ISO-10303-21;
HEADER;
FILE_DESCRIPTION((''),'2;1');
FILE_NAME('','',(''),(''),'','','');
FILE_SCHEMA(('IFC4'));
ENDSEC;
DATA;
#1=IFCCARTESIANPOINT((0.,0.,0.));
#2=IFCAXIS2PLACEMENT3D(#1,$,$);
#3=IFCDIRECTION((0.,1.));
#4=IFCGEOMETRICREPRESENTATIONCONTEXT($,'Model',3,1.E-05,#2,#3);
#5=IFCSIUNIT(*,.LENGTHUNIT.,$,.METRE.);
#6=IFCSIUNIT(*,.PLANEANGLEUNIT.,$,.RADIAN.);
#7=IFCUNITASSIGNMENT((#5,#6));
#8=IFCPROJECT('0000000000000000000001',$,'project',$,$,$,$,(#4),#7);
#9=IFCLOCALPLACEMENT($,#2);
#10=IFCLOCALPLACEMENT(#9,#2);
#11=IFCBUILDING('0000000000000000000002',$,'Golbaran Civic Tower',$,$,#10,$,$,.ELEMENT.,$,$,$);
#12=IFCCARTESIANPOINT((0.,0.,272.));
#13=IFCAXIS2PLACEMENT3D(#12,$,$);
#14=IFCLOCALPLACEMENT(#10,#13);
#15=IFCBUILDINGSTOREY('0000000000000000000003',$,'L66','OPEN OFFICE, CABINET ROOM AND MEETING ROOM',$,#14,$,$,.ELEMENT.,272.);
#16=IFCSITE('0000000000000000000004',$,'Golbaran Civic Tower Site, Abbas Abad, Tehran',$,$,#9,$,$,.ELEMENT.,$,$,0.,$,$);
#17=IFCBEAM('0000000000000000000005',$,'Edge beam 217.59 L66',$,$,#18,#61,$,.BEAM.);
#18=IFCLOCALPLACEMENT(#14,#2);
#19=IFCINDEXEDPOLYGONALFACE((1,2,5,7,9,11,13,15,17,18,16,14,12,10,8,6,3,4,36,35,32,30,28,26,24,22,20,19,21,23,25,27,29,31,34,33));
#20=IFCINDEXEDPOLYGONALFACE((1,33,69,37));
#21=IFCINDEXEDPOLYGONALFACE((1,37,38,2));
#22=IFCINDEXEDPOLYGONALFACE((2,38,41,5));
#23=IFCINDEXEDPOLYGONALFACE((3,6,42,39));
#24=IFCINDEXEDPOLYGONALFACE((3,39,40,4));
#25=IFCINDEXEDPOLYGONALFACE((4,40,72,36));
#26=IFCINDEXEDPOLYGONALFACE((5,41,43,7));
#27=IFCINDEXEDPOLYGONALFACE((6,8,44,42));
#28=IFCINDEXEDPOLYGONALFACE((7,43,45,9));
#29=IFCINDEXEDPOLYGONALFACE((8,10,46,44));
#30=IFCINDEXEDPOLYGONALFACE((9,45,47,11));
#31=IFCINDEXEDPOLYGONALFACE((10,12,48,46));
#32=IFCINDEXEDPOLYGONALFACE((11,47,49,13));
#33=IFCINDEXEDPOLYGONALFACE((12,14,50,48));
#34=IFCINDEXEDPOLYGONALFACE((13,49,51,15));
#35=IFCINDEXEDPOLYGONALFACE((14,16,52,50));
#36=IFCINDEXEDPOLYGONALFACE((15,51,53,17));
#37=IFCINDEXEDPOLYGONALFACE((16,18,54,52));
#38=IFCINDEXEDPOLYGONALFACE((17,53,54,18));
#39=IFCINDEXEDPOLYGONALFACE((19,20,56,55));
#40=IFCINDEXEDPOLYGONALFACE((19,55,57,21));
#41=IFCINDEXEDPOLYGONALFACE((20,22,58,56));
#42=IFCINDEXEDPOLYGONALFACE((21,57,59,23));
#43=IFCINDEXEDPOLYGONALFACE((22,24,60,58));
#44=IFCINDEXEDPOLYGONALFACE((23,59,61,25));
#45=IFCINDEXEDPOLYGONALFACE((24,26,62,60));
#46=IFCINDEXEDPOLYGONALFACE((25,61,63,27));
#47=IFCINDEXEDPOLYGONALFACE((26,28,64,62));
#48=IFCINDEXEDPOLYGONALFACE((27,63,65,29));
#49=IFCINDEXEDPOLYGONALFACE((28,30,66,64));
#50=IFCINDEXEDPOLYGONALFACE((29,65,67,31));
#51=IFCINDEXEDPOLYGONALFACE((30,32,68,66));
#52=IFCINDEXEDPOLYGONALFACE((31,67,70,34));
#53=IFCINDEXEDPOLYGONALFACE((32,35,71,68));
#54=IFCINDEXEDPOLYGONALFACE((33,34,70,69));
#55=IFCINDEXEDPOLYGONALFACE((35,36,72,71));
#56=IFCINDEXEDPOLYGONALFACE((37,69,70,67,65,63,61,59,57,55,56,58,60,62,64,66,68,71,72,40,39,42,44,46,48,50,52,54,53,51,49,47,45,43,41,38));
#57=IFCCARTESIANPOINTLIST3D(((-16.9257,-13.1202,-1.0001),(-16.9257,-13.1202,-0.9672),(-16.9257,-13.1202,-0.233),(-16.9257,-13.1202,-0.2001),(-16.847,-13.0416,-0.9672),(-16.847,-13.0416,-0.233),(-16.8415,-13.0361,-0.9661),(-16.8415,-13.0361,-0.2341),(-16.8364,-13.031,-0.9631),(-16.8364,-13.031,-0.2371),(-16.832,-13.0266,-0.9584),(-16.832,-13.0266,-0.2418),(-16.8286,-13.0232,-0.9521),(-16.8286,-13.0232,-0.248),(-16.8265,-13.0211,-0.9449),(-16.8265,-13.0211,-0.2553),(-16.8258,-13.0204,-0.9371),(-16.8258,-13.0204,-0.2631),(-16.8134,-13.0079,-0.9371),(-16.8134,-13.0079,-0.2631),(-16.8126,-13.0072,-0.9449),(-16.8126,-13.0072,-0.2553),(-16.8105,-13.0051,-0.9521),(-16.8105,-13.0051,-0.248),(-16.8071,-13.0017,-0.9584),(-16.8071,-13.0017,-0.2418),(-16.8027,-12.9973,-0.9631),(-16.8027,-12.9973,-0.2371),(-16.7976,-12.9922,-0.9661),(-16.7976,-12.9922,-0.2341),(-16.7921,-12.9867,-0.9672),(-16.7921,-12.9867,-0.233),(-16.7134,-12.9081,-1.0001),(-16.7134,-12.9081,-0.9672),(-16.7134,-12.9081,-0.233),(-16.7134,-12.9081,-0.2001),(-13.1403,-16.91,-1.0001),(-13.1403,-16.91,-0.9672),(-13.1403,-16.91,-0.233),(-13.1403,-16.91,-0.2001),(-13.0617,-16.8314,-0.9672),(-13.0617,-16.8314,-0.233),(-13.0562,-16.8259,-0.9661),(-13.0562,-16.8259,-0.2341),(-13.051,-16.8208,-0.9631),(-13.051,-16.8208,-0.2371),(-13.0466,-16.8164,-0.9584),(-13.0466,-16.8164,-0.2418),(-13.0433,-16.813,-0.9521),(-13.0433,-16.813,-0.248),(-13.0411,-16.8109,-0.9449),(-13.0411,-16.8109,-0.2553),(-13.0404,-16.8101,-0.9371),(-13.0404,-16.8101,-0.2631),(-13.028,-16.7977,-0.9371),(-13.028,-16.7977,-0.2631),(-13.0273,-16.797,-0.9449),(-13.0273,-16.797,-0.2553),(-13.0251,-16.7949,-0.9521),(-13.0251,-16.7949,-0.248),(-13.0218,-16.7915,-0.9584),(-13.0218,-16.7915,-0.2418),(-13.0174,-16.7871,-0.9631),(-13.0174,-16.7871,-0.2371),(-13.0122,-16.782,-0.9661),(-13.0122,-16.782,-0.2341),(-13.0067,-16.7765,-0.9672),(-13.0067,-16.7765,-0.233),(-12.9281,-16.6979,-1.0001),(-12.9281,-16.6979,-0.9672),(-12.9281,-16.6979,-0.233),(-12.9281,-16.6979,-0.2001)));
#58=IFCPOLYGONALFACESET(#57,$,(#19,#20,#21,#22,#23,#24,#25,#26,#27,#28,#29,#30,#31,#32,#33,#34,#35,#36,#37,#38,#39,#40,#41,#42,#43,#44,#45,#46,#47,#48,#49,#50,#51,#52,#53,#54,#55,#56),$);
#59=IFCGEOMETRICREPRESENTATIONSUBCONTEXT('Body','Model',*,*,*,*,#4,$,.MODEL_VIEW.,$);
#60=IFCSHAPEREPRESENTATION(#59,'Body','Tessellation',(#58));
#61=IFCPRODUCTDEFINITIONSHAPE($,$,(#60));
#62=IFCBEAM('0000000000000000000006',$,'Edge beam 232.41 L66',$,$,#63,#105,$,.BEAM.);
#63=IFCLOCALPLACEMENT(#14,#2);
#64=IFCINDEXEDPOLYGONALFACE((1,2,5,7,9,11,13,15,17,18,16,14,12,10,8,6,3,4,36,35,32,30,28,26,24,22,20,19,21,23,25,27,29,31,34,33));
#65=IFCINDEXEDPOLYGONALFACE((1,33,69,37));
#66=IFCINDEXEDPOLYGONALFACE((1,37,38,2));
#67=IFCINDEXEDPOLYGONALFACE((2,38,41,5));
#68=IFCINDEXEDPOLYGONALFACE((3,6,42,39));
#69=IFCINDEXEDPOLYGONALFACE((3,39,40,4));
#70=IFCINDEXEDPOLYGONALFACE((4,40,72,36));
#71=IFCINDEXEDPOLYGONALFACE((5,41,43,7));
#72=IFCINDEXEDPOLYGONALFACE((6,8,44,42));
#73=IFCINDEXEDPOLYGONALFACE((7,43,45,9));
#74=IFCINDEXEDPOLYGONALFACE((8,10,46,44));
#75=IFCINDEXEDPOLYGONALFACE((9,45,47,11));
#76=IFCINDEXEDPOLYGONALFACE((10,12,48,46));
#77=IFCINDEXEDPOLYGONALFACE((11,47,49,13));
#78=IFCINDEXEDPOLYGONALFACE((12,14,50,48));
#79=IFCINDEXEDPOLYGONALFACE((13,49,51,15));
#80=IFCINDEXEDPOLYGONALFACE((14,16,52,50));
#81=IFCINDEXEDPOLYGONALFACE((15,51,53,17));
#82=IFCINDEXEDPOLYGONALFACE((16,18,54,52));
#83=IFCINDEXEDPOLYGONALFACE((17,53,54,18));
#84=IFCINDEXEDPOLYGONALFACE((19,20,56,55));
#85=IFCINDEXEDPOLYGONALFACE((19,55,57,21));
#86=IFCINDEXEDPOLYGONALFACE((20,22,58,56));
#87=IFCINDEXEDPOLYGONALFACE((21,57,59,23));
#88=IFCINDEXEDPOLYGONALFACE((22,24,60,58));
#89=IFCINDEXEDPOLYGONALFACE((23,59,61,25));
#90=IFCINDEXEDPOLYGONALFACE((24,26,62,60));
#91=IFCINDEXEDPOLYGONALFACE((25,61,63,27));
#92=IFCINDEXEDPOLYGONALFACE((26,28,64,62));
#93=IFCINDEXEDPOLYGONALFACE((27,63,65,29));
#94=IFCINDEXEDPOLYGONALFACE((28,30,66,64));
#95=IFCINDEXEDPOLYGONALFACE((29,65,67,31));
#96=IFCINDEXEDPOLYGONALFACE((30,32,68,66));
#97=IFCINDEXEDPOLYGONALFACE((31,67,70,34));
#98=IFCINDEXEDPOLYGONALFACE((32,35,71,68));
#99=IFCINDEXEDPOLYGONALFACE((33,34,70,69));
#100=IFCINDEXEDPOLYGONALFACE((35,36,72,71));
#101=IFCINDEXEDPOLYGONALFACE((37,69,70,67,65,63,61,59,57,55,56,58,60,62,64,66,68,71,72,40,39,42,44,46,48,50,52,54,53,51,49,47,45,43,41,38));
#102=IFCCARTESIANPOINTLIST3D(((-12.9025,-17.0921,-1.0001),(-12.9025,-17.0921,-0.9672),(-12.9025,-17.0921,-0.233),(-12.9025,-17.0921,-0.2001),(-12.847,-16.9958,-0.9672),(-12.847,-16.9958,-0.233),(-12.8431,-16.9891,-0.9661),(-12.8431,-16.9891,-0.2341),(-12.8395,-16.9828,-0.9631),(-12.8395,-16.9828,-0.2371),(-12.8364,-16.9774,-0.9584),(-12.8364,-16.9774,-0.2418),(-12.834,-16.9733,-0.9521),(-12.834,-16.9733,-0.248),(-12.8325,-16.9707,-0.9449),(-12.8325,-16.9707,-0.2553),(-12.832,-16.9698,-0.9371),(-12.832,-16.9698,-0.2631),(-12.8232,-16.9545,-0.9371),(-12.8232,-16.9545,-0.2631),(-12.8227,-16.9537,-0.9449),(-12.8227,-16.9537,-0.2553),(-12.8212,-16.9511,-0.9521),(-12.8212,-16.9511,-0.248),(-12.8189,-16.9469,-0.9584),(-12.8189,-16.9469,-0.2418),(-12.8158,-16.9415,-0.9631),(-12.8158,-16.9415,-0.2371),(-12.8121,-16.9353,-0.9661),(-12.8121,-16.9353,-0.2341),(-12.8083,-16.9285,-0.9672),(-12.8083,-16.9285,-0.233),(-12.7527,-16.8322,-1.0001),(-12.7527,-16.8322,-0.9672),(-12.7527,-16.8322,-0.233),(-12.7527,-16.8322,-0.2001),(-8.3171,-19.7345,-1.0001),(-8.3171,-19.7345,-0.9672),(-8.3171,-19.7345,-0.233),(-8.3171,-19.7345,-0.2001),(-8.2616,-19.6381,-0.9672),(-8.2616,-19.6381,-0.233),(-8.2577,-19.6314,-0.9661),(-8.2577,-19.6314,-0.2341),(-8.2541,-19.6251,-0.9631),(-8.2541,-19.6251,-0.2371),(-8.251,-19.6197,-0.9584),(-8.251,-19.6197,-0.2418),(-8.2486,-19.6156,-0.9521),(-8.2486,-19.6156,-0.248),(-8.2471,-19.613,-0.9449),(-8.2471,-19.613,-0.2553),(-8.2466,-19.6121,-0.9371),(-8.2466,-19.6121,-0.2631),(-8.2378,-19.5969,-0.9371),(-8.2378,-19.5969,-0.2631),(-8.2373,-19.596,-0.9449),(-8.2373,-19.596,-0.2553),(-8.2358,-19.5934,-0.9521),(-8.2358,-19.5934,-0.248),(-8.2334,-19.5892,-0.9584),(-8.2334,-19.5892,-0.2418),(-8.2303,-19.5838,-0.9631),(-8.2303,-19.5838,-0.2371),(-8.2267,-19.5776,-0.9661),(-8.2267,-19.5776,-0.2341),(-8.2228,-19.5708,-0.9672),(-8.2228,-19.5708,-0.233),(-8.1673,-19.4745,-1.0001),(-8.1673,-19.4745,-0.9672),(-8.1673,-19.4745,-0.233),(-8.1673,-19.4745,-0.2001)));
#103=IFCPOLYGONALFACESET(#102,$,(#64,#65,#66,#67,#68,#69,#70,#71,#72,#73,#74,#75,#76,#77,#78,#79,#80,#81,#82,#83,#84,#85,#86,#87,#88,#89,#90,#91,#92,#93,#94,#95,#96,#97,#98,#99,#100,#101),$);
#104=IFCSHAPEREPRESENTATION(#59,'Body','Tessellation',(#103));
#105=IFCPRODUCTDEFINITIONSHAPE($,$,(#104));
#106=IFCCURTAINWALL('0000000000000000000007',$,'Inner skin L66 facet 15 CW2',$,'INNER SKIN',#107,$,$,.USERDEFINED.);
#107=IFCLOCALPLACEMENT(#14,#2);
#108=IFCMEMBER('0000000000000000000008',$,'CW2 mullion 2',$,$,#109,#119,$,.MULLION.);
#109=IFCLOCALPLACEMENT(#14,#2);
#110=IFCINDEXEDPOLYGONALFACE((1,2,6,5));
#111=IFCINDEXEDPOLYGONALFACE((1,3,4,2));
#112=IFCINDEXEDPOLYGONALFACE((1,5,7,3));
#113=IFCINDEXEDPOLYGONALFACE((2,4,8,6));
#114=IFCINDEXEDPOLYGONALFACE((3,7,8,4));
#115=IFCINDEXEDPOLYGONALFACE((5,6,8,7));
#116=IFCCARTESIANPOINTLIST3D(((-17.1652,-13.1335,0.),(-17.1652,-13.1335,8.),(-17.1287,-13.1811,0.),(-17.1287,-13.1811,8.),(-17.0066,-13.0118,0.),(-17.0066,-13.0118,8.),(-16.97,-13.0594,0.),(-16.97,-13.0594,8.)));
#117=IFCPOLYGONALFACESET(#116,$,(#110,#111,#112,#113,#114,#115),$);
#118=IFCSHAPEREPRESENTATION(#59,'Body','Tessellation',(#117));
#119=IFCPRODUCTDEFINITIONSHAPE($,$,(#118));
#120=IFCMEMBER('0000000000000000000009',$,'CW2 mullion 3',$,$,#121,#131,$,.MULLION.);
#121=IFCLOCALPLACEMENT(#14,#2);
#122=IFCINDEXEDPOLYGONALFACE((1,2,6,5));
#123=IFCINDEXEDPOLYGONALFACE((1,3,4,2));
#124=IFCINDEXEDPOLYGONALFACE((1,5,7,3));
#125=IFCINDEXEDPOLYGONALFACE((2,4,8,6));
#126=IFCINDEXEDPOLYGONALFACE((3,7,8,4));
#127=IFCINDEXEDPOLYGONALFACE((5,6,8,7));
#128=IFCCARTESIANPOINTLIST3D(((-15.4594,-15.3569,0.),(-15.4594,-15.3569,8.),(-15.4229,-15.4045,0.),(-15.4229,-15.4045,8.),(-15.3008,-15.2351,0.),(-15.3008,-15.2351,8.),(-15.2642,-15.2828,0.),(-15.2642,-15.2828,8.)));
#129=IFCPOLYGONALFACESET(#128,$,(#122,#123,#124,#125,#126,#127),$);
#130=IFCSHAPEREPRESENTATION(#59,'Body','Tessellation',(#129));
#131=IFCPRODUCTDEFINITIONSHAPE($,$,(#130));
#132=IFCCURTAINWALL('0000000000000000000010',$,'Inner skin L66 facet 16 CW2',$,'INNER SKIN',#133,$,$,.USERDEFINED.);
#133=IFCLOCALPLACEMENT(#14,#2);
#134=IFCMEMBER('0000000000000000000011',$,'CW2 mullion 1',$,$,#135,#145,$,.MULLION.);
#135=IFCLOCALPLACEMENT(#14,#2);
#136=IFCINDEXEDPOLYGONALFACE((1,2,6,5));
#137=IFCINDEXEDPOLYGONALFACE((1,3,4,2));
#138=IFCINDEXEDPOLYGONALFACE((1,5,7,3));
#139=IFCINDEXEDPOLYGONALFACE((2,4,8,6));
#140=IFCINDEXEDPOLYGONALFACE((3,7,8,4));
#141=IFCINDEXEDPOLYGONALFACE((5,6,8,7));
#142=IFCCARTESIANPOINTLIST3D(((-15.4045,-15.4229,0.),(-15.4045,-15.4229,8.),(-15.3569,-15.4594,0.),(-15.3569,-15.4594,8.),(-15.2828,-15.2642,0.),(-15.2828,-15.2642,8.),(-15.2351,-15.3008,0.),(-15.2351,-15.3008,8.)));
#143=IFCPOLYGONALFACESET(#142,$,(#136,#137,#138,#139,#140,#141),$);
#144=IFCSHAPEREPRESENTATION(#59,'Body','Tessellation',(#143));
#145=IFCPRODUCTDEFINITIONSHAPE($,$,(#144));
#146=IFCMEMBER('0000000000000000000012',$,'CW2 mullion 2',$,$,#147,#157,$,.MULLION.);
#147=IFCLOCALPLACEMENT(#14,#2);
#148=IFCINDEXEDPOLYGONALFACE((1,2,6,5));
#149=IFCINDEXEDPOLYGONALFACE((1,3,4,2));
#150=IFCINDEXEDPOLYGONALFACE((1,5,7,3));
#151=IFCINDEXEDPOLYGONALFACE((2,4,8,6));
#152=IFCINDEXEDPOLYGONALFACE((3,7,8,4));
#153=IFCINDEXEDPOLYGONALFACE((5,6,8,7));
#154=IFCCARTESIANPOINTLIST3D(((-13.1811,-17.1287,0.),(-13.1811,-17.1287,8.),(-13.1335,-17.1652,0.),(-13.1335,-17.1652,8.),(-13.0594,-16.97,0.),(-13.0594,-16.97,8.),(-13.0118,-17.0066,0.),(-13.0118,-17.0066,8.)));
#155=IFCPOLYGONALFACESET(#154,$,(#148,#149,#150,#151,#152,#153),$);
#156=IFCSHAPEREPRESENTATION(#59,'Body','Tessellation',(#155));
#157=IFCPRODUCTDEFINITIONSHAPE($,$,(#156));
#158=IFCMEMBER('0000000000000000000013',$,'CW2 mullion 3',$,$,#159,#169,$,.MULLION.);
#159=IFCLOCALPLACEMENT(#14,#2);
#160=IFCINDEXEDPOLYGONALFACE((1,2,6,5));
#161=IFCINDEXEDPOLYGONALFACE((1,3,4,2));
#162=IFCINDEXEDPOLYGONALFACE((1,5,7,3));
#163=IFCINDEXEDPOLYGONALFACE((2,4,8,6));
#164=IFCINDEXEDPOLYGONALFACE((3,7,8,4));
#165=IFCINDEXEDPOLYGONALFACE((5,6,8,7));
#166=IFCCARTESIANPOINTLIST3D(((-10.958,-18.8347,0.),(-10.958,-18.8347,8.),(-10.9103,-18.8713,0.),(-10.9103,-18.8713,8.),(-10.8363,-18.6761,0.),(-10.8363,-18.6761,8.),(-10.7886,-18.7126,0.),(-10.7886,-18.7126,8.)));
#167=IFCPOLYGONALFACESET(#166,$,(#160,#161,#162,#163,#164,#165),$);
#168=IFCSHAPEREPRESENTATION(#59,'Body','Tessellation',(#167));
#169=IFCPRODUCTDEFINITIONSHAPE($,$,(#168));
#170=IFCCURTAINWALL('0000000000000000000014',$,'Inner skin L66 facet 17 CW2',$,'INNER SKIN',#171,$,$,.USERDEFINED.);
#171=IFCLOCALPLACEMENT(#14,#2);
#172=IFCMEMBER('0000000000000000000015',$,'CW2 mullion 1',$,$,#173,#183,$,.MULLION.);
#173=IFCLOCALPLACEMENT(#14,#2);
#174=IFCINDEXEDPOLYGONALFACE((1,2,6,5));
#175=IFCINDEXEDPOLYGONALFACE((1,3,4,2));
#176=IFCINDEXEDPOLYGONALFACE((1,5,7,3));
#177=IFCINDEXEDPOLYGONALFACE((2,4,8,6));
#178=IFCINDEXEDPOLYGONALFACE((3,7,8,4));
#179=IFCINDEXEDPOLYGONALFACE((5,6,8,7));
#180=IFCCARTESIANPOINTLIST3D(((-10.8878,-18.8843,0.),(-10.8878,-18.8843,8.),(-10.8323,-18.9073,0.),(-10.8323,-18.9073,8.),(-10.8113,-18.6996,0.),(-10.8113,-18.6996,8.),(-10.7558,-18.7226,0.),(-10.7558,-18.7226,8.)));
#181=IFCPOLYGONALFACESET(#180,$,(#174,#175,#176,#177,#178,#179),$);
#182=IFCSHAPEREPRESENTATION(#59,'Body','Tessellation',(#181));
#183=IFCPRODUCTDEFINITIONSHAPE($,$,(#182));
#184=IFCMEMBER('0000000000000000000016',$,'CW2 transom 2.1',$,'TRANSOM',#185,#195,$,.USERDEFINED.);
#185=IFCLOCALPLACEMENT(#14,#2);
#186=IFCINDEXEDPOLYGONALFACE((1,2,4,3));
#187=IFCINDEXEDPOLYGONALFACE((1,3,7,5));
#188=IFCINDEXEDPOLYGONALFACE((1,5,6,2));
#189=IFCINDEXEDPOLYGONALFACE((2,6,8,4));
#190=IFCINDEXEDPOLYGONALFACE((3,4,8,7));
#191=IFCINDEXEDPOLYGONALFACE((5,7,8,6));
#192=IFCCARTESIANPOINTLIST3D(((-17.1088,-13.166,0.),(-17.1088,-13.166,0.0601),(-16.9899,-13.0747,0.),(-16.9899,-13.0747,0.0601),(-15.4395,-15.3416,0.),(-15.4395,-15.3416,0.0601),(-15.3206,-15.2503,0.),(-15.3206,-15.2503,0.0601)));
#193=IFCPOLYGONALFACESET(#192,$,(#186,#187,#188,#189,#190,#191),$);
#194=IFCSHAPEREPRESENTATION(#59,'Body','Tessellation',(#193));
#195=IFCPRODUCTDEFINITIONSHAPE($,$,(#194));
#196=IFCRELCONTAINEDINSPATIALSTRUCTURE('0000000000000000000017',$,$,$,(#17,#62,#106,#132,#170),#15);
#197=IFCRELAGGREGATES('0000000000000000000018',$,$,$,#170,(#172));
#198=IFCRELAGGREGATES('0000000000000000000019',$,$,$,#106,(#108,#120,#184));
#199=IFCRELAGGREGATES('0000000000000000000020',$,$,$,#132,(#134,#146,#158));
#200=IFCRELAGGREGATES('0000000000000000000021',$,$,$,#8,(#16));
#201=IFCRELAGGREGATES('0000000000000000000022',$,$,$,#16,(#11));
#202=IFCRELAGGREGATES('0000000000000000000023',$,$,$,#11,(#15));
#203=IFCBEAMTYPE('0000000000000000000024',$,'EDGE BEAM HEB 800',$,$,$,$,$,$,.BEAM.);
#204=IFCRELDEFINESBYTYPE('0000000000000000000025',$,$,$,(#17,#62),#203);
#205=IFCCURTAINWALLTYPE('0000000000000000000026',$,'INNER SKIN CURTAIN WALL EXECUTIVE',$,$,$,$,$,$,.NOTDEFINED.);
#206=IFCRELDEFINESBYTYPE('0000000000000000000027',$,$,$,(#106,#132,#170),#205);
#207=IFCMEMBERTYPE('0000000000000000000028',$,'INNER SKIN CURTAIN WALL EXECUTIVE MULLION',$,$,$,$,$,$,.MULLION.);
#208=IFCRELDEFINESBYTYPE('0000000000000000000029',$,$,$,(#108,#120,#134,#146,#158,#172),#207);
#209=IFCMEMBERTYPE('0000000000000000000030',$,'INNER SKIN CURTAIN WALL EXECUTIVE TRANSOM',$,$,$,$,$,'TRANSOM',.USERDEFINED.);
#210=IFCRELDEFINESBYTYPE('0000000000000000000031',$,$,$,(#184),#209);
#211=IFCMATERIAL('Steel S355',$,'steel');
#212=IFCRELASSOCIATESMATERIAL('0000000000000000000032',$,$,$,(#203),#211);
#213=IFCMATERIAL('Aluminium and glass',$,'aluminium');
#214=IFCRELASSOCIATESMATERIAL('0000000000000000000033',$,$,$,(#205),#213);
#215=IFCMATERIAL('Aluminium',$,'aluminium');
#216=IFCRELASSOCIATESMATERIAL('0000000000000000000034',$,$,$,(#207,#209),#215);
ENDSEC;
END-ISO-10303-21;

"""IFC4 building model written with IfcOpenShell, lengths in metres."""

from ifc_helpers import new_model, si_unit, direction, frame, origin, origin_2d, place, context, subcontext, project, spatial, rectangle, i_section, extrude, material, material_profile, profile_set, type_object, element, aggregate, save


model = new_model("IFC4")

# Units and contexts
model_context = context("Model", 3, precision=1e-05, world=origin(), true_north=direction((0.0, 1.0)))
body_context = subcontext(model_context, "Body", "Model", "MODEL_VIEW")
ifc_project = project(units=[si_unit("LENGTHUNIT", "METRE"), si_unit("PLANEANGLEUNIT", "RADIAN")], contexts=[model_context])

# Site, building, storey
site_placement = place(None, origin())
site = spatial("IfcSite", under=ifc_project, at=site_placement, Name="Golbaran Civic Tower Site, Abbas Abad, Tehran", CompositionType="ELEMENT", RefElevation=0.0)
building_placement = place(site_placement, origin())
building = spatial("IfcBuilding", under=site, at=building_placement, Name="Golbaran Civic Tower", CompositionType="ELEMENT")
storey_placement = place(building_placement, frame((0.0, 0.0, 272.0)))
storey = spatial("IfcBuildingStorey", under=building, at=storey_placement, Name="L66", Description="OPEN OFFICE, CABINET ROOM AND MEETING ROOM", CompositionType="ELEMENT", Elevation=272.0)

# Beams
ifc_material_1 = material(Name="Steel S355", Category="steel")
ifc_material_profile_1 = material_profile(ifc_material_1, i_section(OverallWidth=0.3, OverallDepth=0.8, WebThickness=0.0176, FlangeThickness=0.033, FilletRadius=0.03, at=origin_2d()), Name="HEB 800")
ifc_profile_set_1 = profile_set([ifc_material_profile_1], Name="Steel S355")
beam_type = type_object("IfcBeamType", Name="EDGE BEAM HEB 800", PredefinedType="BEAM", material=ifc_profile_set_1)
beam_1_placement = place(storey_placement, frame((-16.8196, -13.0142, -0.6001), z_axis=(0.706696, -0.707517, 0.0), x_axis=(0.707517, 0.706696, 0.0)))
element("IfcBeam", 1, at=beam_1_placement, inside=storey, type_object=beam_type, Name="Edge beam 217.59 L66", PredefinedType="BEAM", context=body_context, shape_type="SweptSolid", body=[
    extrude(i_section(OverallWidth=0.3, OverallDepth=0.8, WebThickness=0.0176, FlangeThickness=0.033, FilletRadius=0.03, at=origin_2d()), origin(), (0.0, 0.0, 1.0), 5.3564),
])
beam_2_placement = place(storey_placement, frame((-12.8276, -16.9622, -0.6001), z_axis=(0.86644, -0.49928, 0.0), x_axis=(0.49928, 0.86644, 0.0)))
element("IfcBeam", 2, at=beam_2_placement, inside=storey, type_object=beam_type, Name="Edge beam 232.41 L66", PredefinedType="BEAM", context=body_context, shape_type="SweptSolid", body=[
    extrude(i_section(OverallWidth=0.3, OverallDepth=0.8, WebThickness=0.0176, FlangeThickness=0.033, FilletRadius=0.03, at=origin_2d()), origin(), (0.0, 0.0, 1.0), 5.2922),
])

# Curtain walls, members
ifc_material_2 = material(Name="Aluminium and glass", Category="aluminium")
curtain_wall_type = type_object("IfcCurtainWallType", Name="INNER SKIN CURTAIN WALL EXECUTIVE", PredefinedType="NOTDEFINED", material=ifc_material_2)
curtain_wall_1_placement = place(storey_placement, origin())
curtain_wall_1 = element("IfcCurtainWall", 3, at=curtain_wall_1_placement, inside=storey, type_object=curtain_wall_type, Name="Inner skin L66 facet 15 CW2", ObjectType="INNER SKIN", PredefinedType="USERDEFINED")
ifc_material_3 = material(Name="Aluminium", Category="aluminium")
ifc_material_profile_2 = material_profile(ifc_material_3, rectangle(XDim=0.2, YDim=0.0601, at=origin_2d()), Name="INNER SKIN CURTAIN WALL EXECUTIVE MULLION")
ifc_profile_set_2 = profile_set([ifc_material_profile_2], Name="Aluminium")
member_type_1 = type_object("IfcMemberType", Name="INNER SKIN CURTAIN WALL EXECUTIVE MULLION", PredefinedType="MULLION", material=ifc_profile_set_2)
member_1_placement = place(storey_placement, frame((-17.0676, -13.0964, 0.0), z_axis=(0.0, 0.0, 1.0), x_axis=(0.793353, 0.608761, 0.0)))
member_1 = element("IfcMember", 4, at=member_1_placement, type_object=member_type_1, Name="CW2 mullion 2", PredefinedType="MULLION", context=body_context, shape_type="SweptSolid", body=[
    extrude(rectangle(XDim=0.2, YDim=0.0601, at=origin_2d()), origin(), (0.0, 0.0, 1.0), 8.0),
])
member_2_placement = place(storey_placement, frame((-15.3618, -15.3198, 0.0), z_axis=(0.0, 0.0, 1.0), x_axis=(0.793353, 0.608761, 0.0)))
member_2 = element("IfcMember", 5, at=member_2_placement, type_object=member_type_1, Name="CW2 mullion 3", PredefinedType="MULLION", context=body_context, shape_type="SweptSolid", body=[
    extrude(rectangle(XDim=0.2, YDim=0.0601, at=origin_2d()), origin(), (0.0, 0.0, 1.0), 8.0),
])
curtain_wall_2_placement = place(storey_placement, origin())
curtain_wall_2 = element("IfcCurtainWall", 6, at=curtain_wall_2_placement, inside=storey, type_object=curtain_wall_type, Name="Inner skin L66 facet 16 CW2", ObjectType="INNER SKIN", PredefinedType="USERDEFINED")
member_3_placement = place(storey_placement, frame((-15.3198, -15.3618, 0.0), z_axis=(0.0, 0.0, 1.0), x_axis=(0.608761, 0.793353, 0.0)))
member_3 = element("IfcMember", 7, at=member_3_placement, type_object=member_type_1, Name="CW2 mullion 1", PredefinedType="MULLION", context=body_context, shape_type="SweptSolid", body=[
    extrude(rectangle(XDim=0.2, YDim=0.0601, at=origin_2d()), origin(), (0.0, 0.0, 1.0), 8.0),
])
member_4_placement = place(storey_placement, frame((-13.0964, -17.0676, 0.0), z_axis=(0.0, 0.0, 1.0), x_axis=(0.608761, 0.793353, 0.0)))
member_4 = element("IfcMember", 8, at=member_4_placement, type_object=member_type_1, Name="CW2 mullion 2", PredefinedType="MULLION", context=body_context, shape_type="SweptSolid", body=[
    extrude(rectangle(XDim=0.2, YDim=0.0601, at=origin_2d()), origin(), (0.0, 0.0, 1.0), 8.0),
])
member_5_placement = place(storey_placement, frame((-10.8733, -18.7737, 0.0), z_axis=(0.0, 0.0, 1.0), x_axis=(0.608761, 0.793353, 0.0)))
member_5 = element("IfcMember", 9, at=member_5_placement, type_object=member_type_1, Name="CW2 mullion 3", PredefinedType="MULLION", context=body_context, shape_type="SweptSolid", body=[
    extrude(rectangle(XDim=0.2, YDim=0.0601, at=origin_2d()), origin(), (0.0, 0.0, 1.0), 8.0),
])

# Curtain wall, member
curtain_wall_3_placement = place(storey_placement, origin())
curtain_wall_3 = element("IfcCurtainWall", 10, at=curtain_wall_3_placement, inside=storey, type_object=curtain_wall_type, Name="Inner skin L66 facet 17 CW2", ObjectType="INNER SKIN", PredefinedType="USERDEFINED")
member_6_placement = place(storey_placement, frame((-10.8218, -18.8035, 0.0), z_axis=(0.0, 0.0, 1.0), x_axis=(0.382683, 0.92388, 0.0)))
member_6 = element("IfcMember", 11, at=member_6_placement, type_object=member_type_1, Name="CW2 mullion 1", PredefinedType="MULLION", context=body_context, shape_type="SweptSolid", body=[
    extrude(rectangle(XDim=0.2, YDim=0.0601, at=origin_2d()), origin(), (0.0, 0.0, 1.0), 8.0),
])

# Member
ifc_material_profile_3 = material_profile(ifc_material_3, rectangle(XDim=0.1499, YDim=0.0601, at=origin_2d()), Name="INNER SKIN CURTAIN WALL EXECUTIVE TRANSOM")
ifc_profile_set_3 = profile_set([ifc_material_profile_3], Name="Aluminium")
member_type_2 = type_object("IfcMemberType", Name="INNER SKIN CURTAIN WALL EXECUTIVE TRANSOM", ElementType="TRANSOM", PredefinedType="USERDEFINED", material=ifc_profile_set_3)
member_7_placement = place(storey_placement, frame((-17.0493, -13.1204, 0.03), z_axis=(0.608725, -0.793381, 0.0), x_axis=(0.793381, 0.608725, 0.0)))
member_7 = element("IfcMember", 12, at=member_7_placement, type_object=member_type_2, Name="CW2 transom 2.1", ObjectType="TRANSOM", PredefinedType="USERDEFINED", context=body_context, shape_type="SweptSolid", body=[
    extrude(rectangle(XDim=0.1499, YDim=0.0601, at=origin_2d()), origin(), (0.0, 0.0, 1.0), 2.7422),
])

aggregate(curtain_wall_3, [member_6])
aggregate(curtain_wall_1, [member_1, member_2, member_7])
aggregate(curtain_wall_2, [member_3, member_4, member_5])

save(model, "model.ifc")
